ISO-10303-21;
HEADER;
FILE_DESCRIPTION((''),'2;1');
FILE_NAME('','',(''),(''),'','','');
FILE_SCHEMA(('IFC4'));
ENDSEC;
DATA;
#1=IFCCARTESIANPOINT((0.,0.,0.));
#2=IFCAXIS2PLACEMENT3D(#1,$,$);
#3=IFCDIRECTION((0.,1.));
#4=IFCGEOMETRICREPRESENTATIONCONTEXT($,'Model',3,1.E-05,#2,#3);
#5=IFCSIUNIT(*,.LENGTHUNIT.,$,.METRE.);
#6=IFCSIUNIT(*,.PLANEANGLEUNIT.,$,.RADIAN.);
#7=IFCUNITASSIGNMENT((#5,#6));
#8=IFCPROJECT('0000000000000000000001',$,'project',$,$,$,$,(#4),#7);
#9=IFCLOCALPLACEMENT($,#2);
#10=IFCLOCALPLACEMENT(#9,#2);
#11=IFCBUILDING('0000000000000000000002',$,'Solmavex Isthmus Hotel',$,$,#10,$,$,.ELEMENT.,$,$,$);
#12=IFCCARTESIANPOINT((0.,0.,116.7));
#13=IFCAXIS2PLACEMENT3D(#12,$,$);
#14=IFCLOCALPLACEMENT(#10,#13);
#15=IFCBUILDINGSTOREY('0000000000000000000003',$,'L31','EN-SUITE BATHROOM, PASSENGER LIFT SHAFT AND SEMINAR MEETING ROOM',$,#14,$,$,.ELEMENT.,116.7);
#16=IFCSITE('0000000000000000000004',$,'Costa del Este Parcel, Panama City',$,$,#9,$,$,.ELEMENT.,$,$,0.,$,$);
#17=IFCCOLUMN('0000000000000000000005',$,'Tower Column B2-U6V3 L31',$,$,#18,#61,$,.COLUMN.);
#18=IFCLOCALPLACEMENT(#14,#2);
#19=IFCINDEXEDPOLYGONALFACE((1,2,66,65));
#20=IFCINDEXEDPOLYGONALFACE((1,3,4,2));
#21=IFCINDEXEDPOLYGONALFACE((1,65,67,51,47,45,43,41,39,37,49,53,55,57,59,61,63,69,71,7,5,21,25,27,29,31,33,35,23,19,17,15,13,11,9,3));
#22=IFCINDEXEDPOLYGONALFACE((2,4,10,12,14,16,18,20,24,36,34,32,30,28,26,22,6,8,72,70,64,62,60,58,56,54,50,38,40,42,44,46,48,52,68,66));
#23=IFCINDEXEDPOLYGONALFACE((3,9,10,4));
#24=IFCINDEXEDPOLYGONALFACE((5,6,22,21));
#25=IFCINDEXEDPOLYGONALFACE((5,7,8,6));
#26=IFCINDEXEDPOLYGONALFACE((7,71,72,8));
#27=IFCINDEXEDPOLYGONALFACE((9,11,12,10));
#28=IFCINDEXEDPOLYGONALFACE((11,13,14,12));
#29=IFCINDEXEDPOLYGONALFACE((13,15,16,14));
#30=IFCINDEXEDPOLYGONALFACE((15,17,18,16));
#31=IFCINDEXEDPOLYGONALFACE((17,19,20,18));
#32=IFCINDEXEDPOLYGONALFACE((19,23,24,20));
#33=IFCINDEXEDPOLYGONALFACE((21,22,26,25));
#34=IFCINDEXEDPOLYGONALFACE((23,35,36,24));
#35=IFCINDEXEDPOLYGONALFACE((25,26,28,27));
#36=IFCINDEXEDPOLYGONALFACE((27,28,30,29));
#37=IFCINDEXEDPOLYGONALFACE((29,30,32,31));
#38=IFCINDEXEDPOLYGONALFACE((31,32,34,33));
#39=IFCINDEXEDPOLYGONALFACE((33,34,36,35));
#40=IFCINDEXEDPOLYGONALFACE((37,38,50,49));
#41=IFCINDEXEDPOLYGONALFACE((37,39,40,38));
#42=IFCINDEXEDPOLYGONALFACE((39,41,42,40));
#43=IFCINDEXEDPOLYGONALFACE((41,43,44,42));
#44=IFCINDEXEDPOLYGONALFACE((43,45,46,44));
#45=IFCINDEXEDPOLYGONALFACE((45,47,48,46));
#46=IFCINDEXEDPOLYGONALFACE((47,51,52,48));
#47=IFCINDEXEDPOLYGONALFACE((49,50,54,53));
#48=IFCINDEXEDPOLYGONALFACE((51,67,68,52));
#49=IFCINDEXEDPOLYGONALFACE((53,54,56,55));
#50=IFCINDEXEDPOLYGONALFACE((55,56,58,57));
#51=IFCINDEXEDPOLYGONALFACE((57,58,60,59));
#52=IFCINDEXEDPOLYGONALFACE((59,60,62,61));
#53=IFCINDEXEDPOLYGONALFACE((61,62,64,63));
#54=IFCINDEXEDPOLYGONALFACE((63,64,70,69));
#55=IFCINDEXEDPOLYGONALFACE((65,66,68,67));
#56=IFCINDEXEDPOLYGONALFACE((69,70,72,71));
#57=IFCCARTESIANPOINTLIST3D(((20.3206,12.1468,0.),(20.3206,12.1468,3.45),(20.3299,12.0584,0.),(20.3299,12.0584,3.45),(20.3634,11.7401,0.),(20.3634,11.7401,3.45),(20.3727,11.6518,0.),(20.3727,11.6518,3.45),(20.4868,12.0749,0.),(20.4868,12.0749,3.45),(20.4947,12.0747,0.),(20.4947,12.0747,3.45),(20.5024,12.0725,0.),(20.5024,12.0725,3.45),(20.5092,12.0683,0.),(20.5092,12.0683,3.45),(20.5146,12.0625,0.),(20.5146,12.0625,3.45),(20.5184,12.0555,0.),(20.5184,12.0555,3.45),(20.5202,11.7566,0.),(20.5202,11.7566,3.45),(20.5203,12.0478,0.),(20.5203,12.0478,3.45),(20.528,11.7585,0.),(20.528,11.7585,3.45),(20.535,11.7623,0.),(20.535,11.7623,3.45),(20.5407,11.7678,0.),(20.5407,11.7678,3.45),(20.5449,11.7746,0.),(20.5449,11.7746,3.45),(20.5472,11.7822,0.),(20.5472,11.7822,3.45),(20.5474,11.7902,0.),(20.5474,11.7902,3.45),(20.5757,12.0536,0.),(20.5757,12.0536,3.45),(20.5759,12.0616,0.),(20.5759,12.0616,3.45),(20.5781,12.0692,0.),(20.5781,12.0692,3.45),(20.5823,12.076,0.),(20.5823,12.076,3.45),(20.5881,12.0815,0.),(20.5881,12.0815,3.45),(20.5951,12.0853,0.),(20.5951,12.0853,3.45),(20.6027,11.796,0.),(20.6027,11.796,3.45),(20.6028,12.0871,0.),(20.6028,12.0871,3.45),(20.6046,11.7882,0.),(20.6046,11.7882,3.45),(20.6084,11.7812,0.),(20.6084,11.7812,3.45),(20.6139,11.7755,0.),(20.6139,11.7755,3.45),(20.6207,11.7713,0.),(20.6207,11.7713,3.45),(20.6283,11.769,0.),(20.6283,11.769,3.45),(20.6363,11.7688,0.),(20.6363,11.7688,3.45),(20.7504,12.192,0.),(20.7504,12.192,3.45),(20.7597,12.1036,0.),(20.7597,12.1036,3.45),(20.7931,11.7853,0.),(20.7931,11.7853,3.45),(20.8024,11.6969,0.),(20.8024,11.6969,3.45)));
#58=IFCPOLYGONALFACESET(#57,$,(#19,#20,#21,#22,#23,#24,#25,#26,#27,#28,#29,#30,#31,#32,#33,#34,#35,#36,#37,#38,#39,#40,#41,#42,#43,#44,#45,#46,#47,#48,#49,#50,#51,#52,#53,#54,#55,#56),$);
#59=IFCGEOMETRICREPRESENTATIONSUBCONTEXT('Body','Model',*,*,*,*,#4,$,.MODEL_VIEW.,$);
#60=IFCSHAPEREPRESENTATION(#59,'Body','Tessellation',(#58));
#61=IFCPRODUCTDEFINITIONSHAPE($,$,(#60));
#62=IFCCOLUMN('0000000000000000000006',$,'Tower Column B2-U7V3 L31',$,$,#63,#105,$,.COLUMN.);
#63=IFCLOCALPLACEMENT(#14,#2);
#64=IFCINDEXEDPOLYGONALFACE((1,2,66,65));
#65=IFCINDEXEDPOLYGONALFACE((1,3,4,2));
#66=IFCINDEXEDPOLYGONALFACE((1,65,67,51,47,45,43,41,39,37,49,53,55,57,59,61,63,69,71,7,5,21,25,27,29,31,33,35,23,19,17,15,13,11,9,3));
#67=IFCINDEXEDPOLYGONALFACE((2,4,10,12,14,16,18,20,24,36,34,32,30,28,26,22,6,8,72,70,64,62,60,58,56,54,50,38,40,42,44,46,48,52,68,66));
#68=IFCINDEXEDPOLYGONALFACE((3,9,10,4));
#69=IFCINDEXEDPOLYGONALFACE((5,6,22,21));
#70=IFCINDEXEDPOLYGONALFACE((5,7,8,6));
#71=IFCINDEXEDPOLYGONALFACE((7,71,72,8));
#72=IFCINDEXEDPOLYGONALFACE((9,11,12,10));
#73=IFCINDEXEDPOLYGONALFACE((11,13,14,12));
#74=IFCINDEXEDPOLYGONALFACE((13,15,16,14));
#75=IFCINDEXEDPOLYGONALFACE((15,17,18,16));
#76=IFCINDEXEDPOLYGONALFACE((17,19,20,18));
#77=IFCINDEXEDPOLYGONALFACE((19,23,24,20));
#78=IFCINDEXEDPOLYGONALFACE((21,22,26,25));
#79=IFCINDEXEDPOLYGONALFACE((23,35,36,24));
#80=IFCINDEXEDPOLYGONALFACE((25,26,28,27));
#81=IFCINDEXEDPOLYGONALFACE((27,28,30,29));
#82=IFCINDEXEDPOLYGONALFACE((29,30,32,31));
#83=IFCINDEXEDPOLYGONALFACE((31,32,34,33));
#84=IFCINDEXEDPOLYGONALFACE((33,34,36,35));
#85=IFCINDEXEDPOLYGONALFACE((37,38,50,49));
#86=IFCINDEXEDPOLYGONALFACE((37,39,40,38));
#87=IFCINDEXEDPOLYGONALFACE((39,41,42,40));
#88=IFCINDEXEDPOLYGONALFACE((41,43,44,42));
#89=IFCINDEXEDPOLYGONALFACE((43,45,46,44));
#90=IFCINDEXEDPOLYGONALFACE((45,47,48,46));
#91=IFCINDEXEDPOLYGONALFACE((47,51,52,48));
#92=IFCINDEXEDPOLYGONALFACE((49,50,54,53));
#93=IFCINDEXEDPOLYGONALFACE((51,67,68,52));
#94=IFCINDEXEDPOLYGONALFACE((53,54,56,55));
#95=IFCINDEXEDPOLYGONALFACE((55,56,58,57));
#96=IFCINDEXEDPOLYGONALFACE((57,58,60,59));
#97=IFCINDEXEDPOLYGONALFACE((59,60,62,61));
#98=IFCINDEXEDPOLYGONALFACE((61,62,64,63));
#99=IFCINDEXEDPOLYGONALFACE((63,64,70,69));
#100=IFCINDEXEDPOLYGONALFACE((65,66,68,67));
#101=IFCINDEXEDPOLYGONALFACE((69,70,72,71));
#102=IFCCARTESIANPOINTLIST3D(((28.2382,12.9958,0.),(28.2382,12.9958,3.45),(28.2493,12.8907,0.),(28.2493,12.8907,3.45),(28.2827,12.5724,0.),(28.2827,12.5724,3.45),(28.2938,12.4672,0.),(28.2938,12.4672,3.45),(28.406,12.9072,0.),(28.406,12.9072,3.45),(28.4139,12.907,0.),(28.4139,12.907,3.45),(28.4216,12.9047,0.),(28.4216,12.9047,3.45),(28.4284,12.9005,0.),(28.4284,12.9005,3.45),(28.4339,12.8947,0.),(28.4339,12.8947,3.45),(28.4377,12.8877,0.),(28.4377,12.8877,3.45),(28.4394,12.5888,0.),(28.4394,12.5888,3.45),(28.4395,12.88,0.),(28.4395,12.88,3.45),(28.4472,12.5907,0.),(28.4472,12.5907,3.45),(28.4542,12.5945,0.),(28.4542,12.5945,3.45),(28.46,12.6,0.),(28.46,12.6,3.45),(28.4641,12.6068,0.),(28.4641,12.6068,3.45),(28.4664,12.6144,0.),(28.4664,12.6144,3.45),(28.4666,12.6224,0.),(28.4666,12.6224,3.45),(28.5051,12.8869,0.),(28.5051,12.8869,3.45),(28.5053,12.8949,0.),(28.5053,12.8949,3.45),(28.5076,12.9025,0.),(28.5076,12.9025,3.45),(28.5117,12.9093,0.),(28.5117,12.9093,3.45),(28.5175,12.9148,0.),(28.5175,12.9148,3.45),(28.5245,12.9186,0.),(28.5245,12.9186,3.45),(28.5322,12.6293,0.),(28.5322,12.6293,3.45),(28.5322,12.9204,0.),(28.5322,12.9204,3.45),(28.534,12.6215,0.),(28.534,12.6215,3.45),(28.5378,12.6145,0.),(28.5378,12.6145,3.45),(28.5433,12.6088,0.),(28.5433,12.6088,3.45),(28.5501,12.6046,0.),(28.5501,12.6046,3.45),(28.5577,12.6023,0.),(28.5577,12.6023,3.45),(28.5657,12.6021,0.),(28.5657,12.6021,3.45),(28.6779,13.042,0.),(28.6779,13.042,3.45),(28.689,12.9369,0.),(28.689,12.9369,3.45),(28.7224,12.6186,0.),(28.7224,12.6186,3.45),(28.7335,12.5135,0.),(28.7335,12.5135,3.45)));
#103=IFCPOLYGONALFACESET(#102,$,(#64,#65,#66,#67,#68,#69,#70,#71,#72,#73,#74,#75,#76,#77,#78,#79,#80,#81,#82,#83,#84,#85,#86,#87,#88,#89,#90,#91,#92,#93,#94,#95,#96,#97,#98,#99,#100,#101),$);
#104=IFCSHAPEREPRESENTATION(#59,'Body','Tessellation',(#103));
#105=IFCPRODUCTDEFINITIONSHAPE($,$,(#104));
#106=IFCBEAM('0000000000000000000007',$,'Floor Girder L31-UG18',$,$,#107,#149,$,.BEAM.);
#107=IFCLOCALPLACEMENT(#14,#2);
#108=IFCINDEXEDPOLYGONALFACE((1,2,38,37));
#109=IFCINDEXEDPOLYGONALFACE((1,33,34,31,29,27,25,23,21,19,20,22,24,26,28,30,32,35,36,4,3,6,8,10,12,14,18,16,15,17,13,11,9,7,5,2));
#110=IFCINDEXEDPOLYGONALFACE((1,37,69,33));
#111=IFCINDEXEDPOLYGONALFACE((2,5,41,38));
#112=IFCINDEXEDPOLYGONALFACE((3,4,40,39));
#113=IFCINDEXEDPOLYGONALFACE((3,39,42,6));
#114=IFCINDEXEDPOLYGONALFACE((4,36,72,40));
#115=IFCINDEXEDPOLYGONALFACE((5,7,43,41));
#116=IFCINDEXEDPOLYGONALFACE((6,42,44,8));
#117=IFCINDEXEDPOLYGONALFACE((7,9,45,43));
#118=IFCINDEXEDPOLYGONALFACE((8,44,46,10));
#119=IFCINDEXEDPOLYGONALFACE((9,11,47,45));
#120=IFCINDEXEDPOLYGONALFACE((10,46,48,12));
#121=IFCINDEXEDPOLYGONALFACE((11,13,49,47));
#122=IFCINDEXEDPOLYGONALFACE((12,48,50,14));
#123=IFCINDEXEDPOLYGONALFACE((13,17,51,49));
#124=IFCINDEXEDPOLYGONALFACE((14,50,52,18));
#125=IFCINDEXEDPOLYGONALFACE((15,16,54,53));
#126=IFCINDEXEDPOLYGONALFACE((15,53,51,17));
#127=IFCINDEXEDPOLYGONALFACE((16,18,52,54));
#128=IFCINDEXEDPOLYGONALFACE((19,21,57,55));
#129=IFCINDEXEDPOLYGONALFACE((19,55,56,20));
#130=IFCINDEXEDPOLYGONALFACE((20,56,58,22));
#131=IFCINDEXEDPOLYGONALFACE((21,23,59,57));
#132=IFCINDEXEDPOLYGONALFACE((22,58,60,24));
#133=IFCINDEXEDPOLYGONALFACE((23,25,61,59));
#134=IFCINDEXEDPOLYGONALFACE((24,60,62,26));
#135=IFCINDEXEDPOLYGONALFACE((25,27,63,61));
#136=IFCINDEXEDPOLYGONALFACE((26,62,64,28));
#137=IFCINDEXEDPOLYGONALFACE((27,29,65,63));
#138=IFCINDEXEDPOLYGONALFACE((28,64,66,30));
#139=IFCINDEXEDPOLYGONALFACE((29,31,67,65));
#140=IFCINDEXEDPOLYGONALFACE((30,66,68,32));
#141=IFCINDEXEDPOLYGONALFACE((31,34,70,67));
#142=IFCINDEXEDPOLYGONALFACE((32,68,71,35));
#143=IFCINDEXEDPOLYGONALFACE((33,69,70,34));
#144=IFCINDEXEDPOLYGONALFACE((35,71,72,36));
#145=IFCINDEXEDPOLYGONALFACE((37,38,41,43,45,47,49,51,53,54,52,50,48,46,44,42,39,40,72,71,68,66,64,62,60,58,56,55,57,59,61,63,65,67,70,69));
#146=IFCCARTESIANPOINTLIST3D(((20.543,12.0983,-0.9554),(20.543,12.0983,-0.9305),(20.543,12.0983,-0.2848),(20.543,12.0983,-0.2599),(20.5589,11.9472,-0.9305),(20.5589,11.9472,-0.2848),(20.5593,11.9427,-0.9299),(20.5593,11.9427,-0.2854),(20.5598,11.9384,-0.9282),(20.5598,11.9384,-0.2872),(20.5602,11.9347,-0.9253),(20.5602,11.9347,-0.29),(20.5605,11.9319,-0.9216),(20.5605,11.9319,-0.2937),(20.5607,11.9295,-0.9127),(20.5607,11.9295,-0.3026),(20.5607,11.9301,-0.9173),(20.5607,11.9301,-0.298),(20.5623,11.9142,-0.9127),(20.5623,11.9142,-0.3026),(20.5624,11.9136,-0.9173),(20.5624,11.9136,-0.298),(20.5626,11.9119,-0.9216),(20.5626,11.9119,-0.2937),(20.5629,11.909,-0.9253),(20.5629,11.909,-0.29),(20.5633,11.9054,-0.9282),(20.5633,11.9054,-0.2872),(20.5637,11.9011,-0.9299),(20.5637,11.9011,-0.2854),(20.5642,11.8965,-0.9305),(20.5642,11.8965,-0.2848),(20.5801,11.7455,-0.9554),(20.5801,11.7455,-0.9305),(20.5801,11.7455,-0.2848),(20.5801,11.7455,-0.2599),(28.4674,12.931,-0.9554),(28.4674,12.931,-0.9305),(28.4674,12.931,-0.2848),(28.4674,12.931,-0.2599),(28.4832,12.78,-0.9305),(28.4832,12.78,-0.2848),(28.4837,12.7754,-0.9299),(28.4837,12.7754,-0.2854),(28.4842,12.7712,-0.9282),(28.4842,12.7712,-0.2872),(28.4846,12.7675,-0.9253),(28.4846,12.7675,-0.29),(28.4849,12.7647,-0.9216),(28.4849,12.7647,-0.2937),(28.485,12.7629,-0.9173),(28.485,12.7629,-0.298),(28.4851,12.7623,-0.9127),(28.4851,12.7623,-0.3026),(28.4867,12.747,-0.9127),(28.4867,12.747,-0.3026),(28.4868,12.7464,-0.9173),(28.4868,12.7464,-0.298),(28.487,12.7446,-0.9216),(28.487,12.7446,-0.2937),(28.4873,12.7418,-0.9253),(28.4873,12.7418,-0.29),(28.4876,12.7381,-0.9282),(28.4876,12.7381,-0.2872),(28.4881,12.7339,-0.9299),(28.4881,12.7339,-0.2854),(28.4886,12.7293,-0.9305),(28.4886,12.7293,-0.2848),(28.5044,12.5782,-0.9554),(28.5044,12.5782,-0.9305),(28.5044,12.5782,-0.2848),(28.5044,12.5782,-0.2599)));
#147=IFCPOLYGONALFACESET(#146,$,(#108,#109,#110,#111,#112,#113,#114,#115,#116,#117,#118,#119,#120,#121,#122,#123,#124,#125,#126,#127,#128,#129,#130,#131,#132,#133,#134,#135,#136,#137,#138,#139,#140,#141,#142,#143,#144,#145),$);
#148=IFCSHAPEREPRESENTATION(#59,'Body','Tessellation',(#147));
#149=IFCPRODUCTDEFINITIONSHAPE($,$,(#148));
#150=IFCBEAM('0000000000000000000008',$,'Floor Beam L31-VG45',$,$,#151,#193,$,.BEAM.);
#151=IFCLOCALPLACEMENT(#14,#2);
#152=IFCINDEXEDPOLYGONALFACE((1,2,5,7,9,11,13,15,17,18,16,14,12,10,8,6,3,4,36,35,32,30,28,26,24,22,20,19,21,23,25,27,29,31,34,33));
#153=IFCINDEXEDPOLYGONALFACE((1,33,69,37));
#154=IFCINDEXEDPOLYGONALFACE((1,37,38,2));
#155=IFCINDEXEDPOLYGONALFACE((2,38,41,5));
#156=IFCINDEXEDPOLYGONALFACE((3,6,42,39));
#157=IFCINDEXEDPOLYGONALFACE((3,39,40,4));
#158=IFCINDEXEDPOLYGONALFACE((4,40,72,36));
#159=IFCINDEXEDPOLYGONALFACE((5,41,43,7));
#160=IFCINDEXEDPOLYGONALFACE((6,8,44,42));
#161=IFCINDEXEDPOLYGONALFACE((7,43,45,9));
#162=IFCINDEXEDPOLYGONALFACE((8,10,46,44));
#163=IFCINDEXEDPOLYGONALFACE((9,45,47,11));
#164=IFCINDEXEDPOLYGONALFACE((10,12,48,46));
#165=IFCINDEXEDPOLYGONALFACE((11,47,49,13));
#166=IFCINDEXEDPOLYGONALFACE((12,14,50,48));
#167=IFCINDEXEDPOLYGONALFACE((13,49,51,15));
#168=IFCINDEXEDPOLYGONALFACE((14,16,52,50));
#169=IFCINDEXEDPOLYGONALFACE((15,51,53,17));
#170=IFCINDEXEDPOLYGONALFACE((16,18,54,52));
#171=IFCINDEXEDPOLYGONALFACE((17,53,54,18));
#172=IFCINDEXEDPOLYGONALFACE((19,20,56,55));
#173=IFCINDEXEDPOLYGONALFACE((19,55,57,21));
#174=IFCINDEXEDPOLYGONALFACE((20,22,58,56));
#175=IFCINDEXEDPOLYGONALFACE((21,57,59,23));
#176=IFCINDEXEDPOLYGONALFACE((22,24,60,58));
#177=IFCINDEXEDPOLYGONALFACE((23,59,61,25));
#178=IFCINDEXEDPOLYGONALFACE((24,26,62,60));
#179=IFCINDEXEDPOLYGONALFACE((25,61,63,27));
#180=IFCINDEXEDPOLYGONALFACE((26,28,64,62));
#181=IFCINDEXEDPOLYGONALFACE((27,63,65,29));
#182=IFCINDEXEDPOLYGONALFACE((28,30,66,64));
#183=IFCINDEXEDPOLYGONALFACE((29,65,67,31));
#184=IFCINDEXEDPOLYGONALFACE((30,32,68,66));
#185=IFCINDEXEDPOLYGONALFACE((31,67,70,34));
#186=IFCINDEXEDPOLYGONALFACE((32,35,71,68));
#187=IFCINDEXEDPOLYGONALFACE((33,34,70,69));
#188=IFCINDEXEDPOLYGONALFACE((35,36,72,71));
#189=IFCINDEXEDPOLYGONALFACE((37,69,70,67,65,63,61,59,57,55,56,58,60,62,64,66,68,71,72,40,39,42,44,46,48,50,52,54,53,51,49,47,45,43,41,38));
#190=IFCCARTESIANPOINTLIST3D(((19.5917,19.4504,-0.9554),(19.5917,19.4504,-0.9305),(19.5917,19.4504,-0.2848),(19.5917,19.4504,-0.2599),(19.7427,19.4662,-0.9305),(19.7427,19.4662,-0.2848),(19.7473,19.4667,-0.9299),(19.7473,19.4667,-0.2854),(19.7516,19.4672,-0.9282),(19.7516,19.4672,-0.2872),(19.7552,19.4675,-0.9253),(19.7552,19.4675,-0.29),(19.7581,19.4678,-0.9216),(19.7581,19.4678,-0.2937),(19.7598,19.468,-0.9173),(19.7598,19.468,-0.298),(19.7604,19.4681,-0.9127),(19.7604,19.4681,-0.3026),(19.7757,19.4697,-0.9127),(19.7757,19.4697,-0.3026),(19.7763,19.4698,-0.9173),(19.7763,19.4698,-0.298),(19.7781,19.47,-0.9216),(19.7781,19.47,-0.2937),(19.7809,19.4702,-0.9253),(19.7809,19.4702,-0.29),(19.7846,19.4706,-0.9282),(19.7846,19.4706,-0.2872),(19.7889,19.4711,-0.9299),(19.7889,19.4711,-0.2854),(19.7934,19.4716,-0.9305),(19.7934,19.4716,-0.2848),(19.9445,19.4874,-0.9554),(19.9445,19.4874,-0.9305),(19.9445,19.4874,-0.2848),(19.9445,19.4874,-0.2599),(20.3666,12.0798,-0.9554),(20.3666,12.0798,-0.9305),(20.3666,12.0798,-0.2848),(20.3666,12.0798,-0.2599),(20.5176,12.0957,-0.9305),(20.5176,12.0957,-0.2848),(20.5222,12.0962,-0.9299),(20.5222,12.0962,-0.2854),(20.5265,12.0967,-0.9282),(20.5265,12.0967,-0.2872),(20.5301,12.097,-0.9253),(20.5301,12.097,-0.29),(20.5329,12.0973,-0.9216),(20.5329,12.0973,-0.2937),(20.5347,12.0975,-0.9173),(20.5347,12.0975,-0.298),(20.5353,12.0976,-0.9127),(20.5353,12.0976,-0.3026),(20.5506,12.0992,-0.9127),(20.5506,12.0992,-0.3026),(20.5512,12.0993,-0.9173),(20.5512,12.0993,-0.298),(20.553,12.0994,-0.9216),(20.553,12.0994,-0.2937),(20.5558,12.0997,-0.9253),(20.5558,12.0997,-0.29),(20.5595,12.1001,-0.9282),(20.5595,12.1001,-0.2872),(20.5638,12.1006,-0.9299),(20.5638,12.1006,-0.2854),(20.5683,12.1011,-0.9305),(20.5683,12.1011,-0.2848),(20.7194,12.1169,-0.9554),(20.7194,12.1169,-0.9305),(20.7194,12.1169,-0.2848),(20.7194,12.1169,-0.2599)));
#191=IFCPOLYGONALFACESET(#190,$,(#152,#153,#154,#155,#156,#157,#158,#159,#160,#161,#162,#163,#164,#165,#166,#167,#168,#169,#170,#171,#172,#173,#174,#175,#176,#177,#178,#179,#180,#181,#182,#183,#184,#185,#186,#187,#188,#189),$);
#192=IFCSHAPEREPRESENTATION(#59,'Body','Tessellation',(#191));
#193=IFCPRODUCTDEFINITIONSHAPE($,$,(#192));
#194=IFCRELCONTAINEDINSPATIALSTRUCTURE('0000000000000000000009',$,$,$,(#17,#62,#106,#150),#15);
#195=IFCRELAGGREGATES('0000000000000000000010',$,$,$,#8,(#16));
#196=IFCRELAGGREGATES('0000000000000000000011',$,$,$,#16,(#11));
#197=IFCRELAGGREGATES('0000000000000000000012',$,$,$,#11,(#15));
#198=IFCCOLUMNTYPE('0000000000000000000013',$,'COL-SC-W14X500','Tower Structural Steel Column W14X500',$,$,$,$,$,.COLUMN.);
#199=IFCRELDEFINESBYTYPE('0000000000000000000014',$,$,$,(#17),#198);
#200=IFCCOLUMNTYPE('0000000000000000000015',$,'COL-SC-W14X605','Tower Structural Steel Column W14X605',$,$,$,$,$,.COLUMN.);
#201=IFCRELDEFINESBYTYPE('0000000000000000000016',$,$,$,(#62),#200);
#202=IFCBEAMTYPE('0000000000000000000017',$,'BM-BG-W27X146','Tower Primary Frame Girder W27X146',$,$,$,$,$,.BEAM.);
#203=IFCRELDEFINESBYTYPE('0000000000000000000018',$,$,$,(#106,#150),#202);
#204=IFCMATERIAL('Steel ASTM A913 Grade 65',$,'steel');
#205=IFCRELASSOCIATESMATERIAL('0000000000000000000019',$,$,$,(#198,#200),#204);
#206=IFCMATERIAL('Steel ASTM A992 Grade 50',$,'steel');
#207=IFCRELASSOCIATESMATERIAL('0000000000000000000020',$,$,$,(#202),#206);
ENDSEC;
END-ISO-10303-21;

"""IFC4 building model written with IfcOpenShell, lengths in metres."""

from ifc_helpers import new_model, si_unit, direction, frame, origin, origin_2d, place, context, subcontext, project, spatial, i_section, extrude, material, material_profile, profile_set, type_object, element, save


model = new_model("IFC4")

# Units and contexts
model_context = context("Model", 3, precision=1e-05, world=origin(), true_north=direction((0.0, 1.0)))
body_context = subcontext(model_context, "Body", "Model", "MODEL_VIEW")
ifc_project = project(units=[si_unit("LENGTHUNIT", "METRE"), si_unit("PLANEANGLEUNIT", "RADIAN")], contexts=[model_context])

# Site, building, storey
site_placement = place(None, origin())
site = spatial("IfcSite", under=ifc_project, at=site_placement, Name="Costa del Este Parcel, Panama City", CompositionType="ELEMENT", RefElevation=0.0)
building_placement = place(site_placement, origin())
building = spatial("IfcBuilding", under=site, at=building_placement, Name="Solmavex Isthmus Hotel", CompositionType="ELEMENT")
storey_placement = place(building_placement, frame((0.0, 0.0, 116.7)))
storey = spatial("IfcBuildingStorey", under=building, at=storey_placement, Name="L31", Description="EN-SUITE BATHROOM, PASSENGER LIFT SHAFT AND SEMINAR MEETING ROOM", CompositionType="ELEMENT", Elevation=116.7)

# Columns
ifc_material_1 = material(Name="Steel ASTM A913 Grade 65", Category="steel")
ifc_material_profile_1 = material_profile(ifc_material_1, i_section(OverallWidth=0.4321, OverallDepth=0.4978, WebThickness=0.0557, FlangeThickness=0.0889, FilletRadius=0.0305, at=origin_2d()), Name="W14X500")
ifc_profile_set_1 = profile_set([ifc_material_profile_1], Name="Steel ASTM A913 Grade 65")
column_type_1 = type_object("IfcColumnType", Name="COL-SC-W14X500", Description="Tower Structural Steel Column W14X500", PredefinedType="COLUMN", material=ifc_profile_set_1)
column_1_placement = place(storey_placement, frame((20.5615, 11.9219, 0.0), z_axis=(0.0, 0.0, 1.0), x_axis=(0.994522, 0.104528, 0.0)))
element("IfcColumn", 1, at=column_1_placement, inside=storey, type_object=column_type_1, Name="Tower Column B2-U6V3 L31", PredefinedType="COLUMN", context=body_context, shape_type="SweptSolid", body=[
    extrude(i_section(OverallWidth=0.4321, OverallDepth=0.4978, WebThickness=0.0557, FlangeThickness=0.0889, FilletRadius=0.0305, at=origin_2d()), origin(), (0.0, 0.0, 1.0), 3.45),
])
ifc_material_profile_2 = material_profile(ifc_material_1, i_section(OverallWidth=0.4421, OverallDepth=0.5315, WebThickness=0.0659, FlangeThickness=0.1057, FilletRadius=0.0305, at=origin_2d()), Name="W14X605")
ifc_profile_set_2 = profile_set([ifc_material_profile_2], Name="Steel ASTM A913 Grade 65")
column_type_2 = type_object("IfcColumnType", Name="COL-SC-W14X605", Description="Tower Structural Steel Column W14X605", PredefinedType="COLUMN", material=ifc_profile_set_2)
column_2_placement = place(storey_placement, frame((28.4858, 12.7546, 0.0), z_axis=(0.0, 0.0, 1.0), x_axis=(0.994522, 0.104528, 0.0)))
element("IfcColumn", 2, at=column_2_placement, inside=storey, type_object=column_type_2, Name="Tower Column B2-U7V3 L31", PredefinedType="COLUMN", context=body_context, shape_type="SweptSolid", body=[
    extrude(i_section(OverallWidth=0.4421, OverallDepth=0.5315, WebThickness=0.0659, FlangeThickness=0.1057, FilletRadius=0.0305, at=origin_2d()), origin(), (0.0, 0.0, 1.0), 3.45),
])

# Beams
ifc_material_2 = material(Name="Steel ASTM A992 Grade 50", Category="steel")
ifc_material_profile_3 = material_profile(ifc_material_2, i_section(OverallWidth=0.3547, OverallDepth=0.6956, WebThickness=0.0154, FlangeThickness=0.0249, FilletRadius=0.0178, at=origin_2d()), Name="W27X146")
ifc_profile_set_3 = profile_set([ifc_material_profile_3], Name="Steel ASTM A992 Grade 50")
beam_type_1 = type_object("IfcBeamType", Name="BM-BG-W27X146", Description="Tower Primary Frame Girder W27X146", PredefinedType="BEAM", material=ifc_profile_set_3)
beam_1_placement = place(storey_placement, frame((20.5615, 11.9219, -0.6077), z_axis=(0.994523, 0.104514, 0.0), x_axis=(-0.104514, 0.994523, 0.0)))
element("IfcBeam", 3, at=beam_1_placement, inside=storey, type_object=beam_type_1, Name="Floor Girder L31-UG18", PredefinedType="BEAM", context=body_context, shape_type="SweptSolid", body=[
    extrude(i_section(OverallWidth=0.3547, OverallDepth=0.6956, WebThickness=0.0154, FlangeThickness=0.0249, FilletRadius=0.0178, at=origin_2d()), origin(), (0.0, 0.0, 1.0), 7.968),
])
beam_2_placement = place(storey_placement, frame((20.543, 12.0984, -0.6077), z_axis=(-0.104558, 0.994519, 0.0), x_axis=(-0.994519, -0.104558, 0.0)))
element("IfcBeam", 4, at=beam_2_placement, inside=storey, type_object=beam_type_1, Name="Floor Beam L31-VG45", PredefinedType="BEAM", context=body_context, shape_type="SweptSolid", body=[
    extrude(i_section(OverallWidth=0.3547, OverallDepth=0.6956, WebThickness=0.0154, FlangeThickness=0.0249, FilletRadius=0.0178, at=origin_2d()), origin(), (0.0, 0.0, 1.0), 7.4111),
])

save(model, "model.ifc")
